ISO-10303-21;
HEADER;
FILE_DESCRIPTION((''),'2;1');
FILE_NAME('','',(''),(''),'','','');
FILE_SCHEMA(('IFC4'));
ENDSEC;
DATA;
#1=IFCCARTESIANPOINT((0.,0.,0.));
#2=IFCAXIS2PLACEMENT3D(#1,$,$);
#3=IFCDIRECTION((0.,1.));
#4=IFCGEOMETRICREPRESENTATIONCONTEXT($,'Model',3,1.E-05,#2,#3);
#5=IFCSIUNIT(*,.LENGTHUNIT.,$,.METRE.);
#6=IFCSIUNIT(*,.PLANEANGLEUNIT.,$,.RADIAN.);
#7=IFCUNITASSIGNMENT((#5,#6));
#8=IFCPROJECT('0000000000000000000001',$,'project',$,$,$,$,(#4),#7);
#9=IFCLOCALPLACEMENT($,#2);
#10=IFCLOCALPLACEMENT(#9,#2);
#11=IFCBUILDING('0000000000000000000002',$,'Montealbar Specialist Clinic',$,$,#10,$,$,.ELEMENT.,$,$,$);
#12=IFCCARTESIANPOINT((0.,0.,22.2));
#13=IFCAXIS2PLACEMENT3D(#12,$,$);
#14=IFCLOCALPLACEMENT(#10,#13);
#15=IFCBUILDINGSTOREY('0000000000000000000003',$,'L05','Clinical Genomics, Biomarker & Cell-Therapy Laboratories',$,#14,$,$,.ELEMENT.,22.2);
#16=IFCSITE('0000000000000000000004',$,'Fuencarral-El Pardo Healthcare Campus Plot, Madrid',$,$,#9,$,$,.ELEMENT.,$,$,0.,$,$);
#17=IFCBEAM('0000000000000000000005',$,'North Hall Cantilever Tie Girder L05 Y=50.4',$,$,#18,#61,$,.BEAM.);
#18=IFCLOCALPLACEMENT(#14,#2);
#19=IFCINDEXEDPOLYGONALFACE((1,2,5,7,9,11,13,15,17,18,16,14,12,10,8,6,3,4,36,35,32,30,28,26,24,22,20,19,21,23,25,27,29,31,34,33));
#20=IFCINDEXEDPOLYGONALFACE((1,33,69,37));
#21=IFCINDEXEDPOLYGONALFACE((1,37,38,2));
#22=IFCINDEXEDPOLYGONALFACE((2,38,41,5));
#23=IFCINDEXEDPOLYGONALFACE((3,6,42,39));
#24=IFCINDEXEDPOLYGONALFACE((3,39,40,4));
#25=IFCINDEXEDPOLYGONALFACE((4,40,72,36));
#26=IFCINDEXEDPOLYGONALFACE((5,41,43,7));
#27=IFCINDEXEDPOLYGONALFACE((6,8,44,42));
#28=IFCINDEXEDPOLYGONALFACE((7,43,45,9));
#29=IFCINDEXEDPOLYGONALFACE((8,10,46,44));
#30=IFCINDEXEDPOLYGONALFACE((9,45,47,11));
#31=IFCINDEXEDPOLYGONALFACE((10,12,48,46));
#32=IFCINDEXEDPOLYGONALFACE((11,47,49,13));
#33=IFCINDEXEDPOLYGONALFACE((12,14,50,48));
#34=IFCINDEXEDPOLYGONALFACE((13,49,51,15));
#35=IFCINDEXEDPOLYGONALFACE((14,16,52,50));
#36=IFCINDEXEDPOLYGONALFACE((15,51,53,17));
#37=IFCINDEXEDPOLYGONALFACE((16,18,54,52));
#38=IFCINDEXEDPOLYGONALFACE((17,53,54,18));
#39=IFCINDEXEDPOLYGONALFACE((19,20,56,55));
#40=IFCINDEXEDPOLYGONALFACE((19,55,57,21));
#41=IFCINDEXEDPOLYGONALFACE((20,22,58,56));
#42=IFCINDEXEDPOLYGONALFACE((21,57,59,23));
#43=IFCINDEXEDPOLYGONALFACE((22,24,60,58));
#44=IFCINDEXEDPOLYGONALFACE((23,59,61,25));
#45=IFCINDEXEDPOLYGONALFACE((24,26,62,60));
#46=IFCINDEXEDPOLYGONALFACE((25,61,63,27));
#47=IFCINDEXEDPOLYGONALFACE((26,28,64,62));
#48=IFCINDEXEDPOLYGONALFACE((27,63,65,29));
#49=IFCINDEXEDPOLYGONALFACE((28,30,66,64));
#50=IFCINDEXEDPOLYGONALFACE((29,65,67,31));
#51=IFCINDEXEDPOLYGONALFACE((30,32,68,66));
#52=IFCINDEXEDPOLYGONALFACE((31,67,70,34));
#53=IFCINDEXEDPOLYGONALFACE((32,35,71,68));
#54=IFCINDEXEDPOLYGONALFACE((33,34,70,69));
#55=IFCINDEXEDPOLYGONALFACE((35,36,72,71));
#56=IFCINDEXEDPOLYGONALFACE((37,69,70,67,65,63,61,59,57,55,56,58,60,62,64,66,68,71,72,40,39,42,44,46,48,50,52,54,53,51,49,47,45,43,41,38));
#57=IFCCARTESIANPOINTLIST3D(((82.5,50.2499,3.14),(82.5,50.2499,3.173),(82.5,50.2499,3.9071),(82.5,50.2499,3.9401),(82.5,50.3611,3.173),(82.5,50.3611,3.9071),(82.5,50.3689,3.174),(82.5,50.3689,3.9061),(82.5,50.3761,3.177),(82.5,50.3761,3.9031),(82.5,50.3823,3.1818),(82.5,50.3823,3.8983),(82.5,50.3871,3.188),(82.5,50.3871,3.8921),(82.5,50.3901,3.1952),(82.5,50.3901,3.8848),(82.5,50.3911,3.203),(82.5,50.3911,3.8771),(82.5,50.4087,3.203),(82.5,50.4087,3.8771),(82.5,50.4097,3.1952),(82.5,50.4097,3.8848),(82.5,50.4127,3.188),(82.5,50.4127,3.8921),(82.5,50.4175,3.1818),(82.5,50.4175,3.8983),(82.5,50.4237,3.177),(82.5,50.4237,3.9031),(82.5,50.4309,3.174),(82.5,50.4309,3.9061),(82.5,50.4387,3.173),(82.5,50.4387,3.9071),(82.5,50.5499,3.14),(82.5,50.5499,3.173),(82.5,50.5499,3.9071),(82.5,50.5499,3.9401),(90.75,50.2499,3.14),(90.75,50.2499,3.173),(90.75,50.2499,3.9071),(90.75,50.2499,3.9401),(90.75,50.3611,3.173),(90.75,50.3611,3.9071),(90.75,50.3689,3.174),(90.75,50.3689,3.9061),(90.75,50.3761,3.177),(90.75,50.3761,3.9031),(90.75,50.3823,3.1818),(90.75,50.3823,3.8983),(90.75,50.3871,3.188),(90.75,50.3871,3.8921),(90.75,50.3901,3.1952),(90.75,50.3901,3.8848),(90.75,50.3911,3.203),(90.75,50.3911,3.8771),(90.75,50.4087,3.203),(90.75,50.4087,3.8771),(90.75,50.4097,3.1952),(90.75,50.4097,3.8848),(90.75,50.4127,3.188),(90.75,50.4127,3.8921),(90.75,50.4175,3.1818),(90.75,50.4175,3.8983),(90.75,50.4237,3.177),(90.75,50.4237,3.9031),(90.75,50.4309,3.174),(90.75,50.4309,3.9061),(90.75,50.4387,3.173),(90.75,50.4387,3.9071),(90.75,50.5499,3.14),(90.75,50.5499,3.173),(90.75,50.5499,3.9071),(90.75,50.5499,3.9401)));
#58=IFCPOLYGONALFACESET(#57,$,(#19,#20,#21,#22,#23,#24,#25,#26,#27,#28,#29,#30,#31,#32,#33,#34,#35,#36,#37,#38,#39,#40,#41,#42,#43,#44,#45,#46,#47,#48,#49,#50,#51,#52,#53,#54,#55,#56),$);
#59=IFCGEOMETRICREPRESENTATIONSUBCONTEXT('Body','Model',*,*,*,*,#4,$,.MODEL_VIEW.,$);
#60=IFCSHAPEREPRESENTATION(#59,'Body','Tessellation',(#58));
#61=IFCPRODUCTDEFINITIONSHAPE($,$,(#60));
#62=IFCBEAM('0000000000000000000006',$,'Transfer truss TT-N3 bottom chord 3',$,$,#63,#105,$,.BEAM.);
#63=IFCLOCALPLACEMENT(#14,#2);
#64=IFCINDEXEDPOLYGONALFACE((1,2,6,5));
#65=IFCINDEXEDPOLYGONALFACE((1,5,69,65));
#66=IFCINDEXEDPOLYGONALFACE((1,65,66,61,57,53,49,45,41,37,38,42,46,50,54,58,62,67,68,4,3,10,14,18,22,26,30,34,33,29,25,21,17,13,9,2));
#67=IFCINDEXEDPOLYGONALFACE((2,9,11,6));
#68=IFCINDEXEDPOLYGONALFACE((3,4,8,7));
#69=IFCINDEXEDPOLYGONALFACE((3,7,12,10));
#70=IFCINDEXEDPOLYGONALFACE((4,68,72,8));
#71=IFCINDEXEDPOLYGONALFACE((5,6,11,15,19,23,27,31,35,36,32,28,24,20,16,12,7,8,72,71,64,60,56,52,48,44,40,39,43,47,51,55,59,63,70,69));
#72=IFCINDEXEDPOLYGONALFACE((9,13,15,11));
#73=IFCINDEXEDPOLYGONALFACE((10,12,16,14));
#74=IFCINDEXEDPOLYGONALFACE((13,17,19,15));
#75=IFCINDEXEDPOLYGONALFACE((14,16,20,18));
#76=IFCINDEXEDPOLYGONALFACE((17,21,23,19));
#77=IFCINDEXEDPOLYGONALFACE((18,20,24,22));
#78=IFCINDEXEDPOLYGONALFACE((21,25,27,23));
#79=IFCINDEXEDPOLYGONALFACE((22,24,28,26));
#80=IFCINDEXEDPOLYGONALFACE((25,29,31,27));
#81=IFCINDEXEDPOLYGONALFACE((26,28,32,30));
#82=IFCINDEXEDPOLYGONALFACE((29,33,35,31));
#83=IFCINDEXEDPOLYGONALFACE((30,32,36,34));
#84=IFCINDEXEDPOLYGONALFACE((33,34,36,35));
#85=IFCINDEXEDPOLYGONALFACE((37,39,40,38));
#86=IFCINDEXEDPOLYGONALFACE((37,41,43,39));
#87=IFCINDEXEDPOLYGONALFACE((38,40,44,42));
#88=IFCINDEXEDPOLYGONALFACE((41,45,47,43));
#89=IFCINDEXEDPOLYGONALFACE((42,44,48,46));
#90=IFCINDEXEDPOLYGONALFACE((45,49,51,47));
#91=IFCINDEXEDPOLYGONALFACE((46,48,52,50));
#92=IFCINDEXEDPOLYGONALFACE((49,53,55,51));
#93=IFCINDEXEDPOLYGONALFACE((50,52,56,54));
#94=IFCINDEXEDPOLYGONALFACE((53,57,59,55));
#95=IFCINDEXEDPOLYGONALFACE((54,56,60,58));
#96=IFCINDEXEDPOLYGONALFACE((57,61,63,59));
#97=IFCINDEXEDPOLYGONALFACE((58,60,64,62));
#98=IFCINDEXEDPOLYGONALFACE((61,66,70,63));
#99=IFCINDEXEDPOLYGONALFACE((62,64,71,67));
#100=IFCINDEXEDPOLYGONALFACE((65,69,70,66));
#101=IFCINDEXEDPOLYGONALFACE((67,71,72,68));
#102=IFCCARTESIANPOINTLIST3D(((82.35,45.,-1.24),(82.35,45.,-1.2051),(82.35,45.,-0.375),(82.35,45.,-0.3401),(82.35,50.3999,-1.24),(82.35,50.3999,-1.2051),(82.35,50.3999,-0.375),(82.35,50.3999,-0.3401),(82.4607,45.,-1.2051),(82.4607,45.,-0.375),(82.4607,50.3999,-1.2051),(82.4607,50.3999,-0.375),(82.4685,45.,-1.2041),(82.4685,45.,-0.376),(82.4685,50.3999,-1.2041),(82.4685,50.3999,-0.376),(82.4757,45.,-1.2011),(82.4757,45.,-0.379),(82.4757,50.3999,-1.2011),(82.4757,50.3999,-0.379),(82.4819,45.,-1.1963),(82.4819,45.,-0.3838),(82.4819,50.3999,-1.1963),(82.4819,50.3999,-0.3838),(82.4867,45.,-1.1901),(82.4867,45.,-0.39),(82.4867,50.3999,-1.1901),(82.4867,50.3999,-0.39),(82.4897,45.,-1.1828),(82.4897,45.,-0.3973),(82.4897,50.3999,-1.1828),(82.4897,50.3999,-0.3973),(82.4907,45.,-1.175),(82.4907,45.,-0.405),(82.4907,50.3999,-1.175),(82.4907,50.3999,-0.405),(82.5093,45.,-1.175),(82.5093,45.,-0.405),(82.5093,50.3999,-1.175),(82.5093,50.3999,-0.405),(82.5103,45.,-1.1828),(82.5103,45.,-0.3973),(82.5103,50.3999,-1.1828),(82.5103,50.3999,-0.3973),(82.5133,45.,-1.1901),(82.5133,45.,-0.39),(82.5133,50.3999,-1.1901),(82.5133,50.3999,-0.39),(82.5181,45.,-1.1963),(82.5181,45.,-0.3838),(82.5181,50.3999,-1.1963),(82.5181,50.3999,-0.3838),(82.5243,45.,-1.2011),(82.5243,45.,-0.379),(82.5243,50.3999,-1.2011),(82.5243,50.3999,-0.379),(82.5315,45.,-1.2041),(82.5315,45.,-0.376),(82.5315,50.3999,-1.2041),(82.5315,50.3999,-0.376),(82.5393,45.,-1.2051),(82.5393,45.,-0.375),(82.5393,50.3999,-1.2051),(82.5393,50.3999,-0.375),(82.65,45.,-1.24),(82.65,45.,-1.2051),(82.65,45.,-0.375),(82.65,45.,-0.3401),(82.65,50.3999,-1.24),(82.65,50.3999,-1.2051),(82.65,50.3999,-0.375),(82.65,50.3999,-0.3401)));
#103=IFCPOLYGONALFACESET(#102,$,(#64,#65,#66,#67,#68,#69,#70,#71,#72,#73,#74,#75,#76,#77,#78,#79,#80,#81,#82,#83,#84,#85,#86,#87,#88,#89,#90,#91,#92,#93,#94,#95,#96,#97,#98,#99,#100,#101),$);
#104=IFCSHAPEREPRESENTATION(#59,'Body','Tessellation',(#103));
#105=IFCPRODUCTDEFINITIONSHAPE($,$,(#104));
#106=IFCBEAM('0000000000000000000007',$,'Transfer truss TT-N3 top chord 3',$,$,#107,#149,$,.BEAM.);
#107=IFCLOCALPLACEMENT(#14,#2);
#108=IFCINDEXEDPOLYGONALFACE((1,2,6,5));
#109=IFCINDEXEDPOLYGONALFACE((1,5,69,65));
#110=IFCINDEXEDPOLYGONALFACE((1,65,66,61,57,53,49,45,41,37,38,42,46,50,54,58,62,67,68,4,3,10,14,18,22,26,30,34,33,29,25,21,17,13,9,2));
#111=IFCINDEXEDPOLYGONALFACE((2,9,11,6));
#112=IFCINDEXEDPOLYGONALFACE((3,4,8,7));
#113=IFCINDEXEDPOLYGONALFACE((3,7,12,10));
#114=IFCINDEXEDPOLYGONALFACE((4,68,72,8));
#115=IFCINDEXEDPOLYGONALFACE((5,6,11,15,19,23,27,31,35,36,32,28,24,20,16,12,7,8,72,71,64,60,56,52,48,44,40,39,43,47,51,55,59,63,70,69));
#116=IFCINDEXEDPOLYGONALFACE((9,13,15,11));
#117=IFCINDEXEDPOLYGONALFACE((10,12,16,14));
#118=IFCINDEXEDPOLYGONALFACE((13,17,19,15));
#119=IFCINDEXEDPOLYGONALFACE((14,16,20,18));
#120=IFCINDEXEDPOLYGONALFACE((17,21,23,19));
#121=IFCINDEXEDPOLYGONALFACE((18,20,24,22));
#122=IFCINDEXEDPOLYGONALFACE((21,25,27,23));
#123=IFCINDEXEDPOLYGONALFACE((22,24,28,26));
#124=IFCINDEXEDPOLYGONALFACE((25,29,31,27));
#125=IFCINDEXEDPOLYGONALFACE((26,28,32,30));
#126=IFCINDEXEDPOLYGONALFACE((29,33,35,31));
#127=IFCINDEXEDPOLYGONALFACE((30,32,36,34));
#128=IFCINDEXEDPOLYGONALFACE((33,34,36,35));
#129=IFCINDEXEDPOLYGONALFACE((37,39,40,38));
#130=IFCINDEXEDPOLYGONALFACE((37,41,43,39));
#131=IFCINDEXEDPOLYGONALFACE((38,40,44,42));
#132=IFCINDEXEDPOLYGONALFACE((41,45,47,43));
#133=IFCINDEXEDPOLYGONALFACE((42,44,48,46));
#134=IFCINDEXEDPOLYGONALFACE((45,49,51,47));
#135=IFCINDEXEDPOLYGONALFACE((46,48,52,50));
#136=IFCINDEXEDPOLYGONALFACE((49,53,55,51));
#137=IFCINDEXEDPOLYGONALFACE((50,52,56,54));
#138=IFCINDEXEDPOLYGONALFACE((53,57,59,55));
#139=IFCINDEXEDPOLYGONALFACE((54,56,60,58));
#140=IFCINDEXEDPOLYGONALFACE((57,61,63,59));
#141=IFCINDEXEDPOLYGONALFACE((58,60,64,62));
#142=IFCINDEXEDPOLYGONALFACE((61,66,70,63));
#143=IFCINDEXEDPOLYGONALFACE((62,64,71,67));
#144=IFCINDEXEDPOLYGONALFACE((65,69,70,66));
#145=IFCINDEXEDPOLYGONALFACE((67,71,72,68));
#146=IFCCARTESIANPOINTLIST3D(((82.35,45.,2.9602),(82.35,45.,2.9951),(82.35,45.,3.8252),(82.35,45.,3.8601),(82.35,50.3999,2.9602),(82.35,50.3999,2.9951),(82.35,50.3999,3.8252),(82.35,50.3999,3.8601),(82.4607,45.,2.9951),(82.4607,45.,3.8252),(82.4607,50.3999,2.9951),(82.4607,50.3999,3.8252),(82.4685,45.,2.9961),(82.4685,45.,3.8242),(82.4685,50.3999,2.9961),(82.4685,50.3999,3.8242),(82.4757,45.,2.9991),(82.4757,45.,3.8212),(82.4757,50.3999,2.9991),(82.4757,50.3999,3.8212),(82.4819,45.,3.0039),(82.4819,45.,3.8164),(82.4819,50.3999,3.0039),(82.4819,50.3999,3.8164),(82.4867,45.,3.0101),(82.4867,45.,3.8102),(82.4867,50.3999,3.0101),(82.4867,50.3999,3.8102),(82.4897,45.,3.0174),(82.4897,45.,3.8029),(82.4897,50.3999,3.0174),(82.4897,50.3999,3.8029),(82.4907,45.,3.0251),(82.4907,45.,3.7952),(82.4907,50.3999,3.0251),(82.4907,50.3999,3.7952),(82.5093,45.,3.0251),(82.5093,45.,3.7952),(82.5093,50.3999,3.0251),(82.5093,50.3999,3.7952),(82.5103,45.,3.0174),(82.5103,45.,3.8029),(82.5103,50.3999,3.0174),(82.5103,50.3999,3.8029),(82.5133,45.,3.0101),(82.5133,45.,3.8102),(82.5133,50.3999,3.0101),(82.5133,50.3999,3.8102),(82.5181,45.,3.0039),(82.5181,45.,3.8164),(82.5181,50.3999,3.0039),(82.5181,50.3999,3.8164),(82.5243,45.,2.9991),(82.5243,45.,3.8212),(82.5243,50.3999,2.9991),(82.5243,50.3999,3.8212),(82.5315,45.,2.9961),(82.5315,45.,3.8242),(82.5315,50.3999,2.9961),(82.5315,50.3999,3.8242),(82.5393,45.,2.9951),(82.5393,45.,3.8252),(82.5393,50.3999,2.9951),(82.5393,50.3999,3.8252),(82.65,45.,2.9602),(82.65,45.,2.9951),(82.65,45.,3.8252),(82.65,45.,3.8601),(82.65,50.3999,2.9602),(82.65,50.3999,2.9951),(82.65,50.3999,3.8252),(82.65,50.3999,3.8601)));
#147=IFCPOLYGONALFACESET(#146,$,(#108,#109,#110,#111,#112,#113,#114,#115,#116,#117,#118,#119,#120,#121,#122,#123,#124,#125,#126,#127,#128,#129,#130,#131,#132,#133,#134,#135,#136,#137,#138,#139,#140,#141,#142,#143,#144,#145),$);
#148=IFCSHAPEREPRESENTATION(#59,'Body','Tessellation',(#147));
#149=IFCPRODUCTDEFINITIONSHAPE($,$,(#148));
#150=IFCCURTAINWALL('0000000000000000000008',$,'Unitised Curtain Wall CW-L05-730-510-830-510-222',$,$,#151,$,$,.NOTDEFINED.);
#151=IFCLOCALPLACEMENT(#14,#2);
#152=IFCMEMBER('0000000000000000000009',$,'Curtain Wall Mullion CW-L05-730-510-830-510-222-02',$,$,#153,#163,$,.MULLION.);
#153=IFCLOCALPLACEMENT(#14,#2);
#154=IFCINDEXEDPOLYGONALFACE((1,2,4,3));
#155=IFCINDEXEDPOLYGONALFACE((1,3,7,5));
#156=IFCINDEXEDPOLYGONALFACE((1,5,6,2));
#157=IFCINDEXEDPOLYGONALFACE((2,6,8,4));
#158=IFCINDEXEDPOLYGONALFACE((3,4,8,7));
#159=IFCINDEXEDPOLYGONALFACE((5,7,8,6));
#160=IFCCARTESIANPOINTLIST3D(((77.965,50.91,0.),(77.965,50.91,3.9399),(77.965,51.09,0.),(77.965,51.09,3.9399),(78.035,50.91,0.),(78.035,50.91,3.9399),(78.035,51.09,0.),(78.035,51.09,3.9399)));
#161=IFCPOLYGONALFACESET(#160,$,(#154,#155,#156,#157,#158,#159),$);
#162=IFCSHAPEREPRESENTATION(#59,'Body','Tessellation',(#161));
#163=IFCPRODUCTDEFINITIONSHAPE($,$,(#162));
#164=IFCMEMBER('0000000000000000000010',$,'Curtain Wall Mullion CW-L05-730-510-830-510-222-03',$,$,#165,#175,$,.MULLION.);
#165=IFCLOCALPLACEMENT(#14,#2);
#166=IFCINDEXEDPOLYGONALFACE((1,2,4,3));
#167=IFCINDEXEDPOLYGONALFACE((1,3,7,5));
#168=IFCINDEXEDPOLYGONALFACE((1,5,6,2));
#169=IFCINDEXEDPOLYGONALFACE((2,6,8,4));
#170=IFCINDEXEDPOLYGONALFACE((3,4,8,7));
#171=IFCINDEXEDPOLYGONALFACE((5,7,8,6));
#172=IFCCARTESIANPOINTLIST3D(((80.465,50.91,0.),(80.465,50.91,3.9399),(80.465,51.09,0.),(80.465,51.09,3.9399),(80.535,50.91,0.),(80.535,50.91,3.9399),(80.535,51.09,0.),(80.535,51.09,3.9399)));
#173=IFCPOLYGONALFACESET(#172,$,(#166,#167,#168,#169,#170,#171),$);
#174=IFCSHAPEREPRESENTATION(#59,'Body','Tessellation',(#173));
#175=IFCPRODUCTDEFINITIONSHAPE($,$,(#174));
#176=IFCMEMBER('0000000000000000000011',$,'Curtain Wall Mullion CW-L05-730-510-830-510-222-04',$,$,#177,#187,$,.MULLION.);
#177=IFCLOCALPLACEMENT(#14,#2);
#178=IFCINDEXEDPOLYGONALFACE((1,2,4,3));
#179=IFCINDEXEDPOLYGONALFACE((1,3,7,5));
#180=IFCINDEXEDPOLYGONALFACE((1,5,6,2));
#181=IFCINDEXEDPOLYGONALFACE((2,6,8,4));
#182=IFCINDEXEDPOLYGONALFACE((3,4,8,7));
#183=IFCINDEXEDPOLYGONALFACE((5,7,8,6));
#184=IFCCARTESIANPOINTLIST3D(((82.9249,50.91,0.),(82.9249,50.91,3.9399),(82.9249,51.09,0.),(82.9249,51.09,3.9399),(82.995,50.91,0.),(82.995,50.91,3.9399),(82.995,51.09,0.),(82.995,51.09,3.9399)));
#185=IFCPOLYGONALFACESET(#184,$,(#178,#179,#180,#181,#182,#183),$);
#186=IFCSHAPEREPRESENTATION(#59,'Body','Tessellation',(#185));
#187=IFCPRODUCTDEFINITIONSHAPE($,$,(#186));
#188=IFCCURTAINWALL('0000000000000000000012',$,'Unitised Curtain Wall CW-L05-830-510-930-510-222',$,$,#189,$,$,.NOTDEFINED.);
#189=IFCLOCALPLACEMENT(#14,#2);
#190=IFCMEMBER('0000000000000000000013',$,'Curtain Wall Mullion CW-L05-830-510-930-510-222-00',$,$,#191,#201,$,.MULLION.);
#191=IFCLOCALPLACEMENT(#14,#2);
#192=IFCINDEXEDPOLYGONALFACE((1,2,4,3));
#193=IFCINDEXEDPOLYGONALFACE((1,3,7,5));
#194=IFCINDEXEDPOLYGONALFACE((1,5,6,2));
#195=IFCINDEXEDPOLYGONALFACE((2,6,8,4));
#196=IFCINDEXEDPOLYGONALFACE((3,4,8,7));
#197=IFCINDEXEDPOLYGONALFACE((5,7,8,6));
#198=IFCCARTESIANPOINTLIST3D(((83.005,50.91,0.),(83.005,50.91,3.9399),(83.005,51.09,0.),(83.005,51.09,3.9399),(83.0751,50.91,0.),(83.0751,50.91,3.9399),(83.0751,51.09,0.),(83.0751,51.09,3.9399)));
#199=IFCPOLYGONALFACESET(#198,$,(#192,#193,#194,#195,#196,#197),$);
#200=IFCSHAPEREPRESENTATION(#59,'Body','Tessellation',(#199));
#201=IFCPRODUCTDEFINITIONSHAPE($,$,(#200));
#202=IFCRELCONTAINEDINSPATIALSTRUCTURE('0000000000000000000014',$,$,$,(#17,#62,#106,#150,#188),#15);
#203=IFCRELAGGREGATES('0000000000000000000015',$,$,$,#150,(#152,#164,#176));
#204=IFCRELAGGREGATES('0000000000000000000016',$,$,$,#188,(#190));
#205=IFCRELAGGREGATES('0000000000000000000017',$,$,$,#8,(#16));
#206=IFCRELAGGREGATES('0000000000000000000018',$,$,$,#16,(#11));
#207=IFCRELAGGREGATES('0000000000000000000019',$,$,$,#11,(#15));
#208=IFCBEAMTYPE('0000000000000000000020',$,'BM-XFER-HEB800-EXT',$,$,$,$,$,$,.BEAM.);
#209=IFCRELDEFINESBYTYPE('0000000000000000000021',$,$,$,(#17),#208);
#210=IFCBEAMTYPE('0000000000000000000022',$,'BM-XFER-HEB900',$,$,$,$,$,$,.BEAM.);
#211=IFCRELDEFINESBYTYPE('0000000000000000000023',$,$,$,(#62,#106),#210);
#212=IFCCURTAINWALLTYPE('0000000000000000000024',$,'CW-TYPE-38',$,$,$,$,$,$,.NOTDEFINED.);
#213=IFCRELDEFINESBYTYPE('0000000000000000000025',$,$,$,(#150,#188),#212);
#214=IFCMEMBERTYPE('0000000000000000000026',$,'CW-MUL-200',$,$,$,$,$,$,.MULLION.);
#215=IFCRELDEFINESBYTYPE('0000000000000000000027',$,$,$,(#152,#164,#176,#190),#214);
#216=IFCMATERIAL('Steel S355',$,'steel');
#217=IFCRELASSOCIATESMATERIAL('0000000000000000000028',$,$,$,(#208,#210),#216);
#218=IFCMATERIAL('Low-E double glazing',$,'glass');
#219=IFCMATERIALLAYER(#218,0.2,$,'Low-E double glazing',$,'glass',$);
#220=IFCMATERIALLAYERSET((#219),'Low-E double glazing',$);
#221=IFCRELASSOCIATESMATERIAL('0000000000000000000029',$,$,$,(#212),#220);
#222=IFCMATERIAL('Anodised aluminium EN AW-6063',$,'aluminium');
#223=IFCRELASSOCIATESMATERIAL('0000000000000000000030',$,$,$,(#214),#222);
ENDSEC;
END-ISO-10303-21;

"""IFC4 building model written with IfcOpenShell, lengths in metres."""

from ifc_helpers import new_model, si_unit, direction, frame, origin, origin_2d, place, context, subcontext, project, spatial, rectangle, i_section, extrude, material, layer, layer_set, material_profile, profile_set, type_object, element, aggregate, save


model = new_model("IFC4")

# Units and contexts
model_context = context("Model", 3, precision=1e-05, world=origin(), true_north=direction((0.0, 1.0)))
body_context = subcontext(model_context, "Body", "Model", "MODEL_VIEW")
ifc_project = project(units=[si_unit("LENGTHUNIT", "METRE"), si_unit("PLANEANGLEUNIT", "RADIAN")], contexts=[model_context])

# Site, building, storey
site_placement = place(None, origin())
site = spatial("IfcSite", under=ifc_project, at=site_placement, Name="Fuencarral-El Pardo Healthcare Campus Plot, Madrid", CompositionType="ELEMENT", RefElevation=0.0)
building_placement = place(site_placement, origin())
building = spatial("IfcBuilding", under=site, at=building_placement, Name="Montealbar Specialist Clinic", CompositionType="ELEMENT")
storey_placement = place(building_placement, frame((0.0, 0.0, 22.2)))
storey = spatial("IfcBuildingStorey", under=building, at=storey_placement, Name="L05", Description="Clinical Genomics, Biomarker & Cell-Therapy Laboratories", CompositionType="ELEMENT", Elevation=22.2)

# Shared definitions
ifc_material_1 = material(Name="Steel S355", Category="steel")

# Beams
ifc_material_profile_1 = material_profile(ifc_material_1, i_section(OverallWidth=0.3, OverallDepth=0.8, WebThickness=0.0176, FlangeThickness=0.033, FilletRadius=0.03, at=origin_2d()), Name="HEB 800", Category="steel")
ifc_profile_set_1 = profile_set([ifc_material_profile_1], Name="Steel S355")
beam_type_1 = type_object("IfcBeamType", Name="BM-XFER-HEB800-EXT", PredefinedType="BEAM", material=ifc_profile_set_1)
beam_1_placement = place(storey_placement, frame((82.5, 50.3999, 3.54), z_axis=(1.0, 0.0, 0.0), x_axis=(0.0, 1.0, 0.0)))
element("IfcBeam", 1, at=beam_1_placement, inside=storey, type_object=beam_type_1, Name="North Hall Cantilever Tie Girder L05 Y=50.4", PredefinedType="BEAM", context=body_context, shape_type="SweptSolid", body=[
    extrude(i_section(OverallWidth=0.3, OverallDepth=0.8, WebThickness=0.0176, FlangeThickness=0.033, FilletRadius=0.03, at=origin_2d()), origin(), (0.0, 0.0, 1.0), 8.25),
])
ifc_material_profile_2 = material_profile(ifc_material_1, i_section(OverallWidth=0.3, OverallDepth=0.8999, WebThickness=0.0186, FlangeThickness=0.0349, FilletRadius=0.03, at=origin_2d()), Name="HEB 900", Category="steel")
ifc_profile_set_2 = profile_set([ifc_material_profile_2], Name="Steel S355")
beam_type_2 = type_object("IfcBeamType", Name="BM-XFER-HEB900", PredefinedType="BEAM", material=ifc_profile_set_2)
for number, where, z_axis, x_axis, name in (
    (2, (82.5, 45.0, -0.79), (0.0, 1.0, 0.0), (-1.0, 0.0, 0.0), "Transfer truss TT-N3 bottom chord 3"),
    (3, (82.5, 45.0, 3.4102), (0.0, 1.0, 0.0), (-1.0, 0.0, 0.0), "Transfer truss TT-N3 top chord 3"),
):
    element("IfcBeam", number, at=place(storey_placement, frame(where, z_axis=z_axis, x_axis=x_axis)), inside=storey, type_object=beam_type_2, Name=name, PredefinedType="BEAM", context=body_context, shape_type="SweptSolid", body=[
        extrude(i_section(OverallWidth=0.3, OverallDepth=0.8999, WebThickness=0.0186, FlangeThickness=0.0349, FilletRadius=0.03, at=origin_2d()), origin(), (0.0, 0.0, 1.0), 5.3999),
    ])

# Curtain walls, members
ifc_material_2 = material(Name="Low-E double glazing", Category="glass")
ifc_layer_1 = layer(ifc_material_2, 0.2, Name="Low-E double glazing", Category="glass")
ifc_layer_set_1 = layer_set([ifc_layer_1], Name="Low-E double glazing")
curtain_wall_type = type_object("IfcCurtainWallType", Name="CW-TYPE-38", PredefinedType="NOTDEFINED", material=ifc_layer_set_1)
curtain_wall_1_placement = place(storey_placement, origin())
curtain_wall_1 = element("IfcCurtainWall", 4, at=curtain_wall_1_placement, inside=storey, type_object=curtain_wall_type, Name="Unitised Curtain Wall CW-L05-730-510-830-510-222", PredefinedType="NOTDEFINED")
ifc_material_3 = material(Name="Anodised aluminium EN AW-6063", Category="aluminium")
ifc_material_profile_3 = material_profile(ifc_material_3, rectangle(XDim=0.0701, YDim=0.1799, at=origin_2d()), Name="ALU 70x180", Category="aluminium")
ifc_profile_set_3 = profile_set([ifc_material_profile_3], Name="Anodised aluminium EN AW-6063")
member_type_1 = type_object("IfcMemberType", Name="CW-MUL-200", PredefinedType="MULLION", material=ifc_profile_set_3)
member_1_placement = place(storey_placement, frame((78.0, 51.0, 0.0), z_axis=(0.0, 0.0, 1.0), x_axis=(1.0, 0.0, 0.0)))
member_1 = element("IfcMember", 5, at=member_1_placement, type_object=member_type_1, Name="Curtain Wall Mullion CW-L05-730-510-830-510-222-02", PredefinedType="MULLION", context=body_context, shape_type="SweptSolid", body=[
    extrude(rectangle(XDim=0.0701, YDim=0.1799, at=origin_2d()), origin(), (0.0, 0.0, 1.0), 3.9399),
])
member_2_placement = place(storey_placement, frame((80.5, 51.0, 0.0), z_axis=(0.0, 0.0, 1.0), x_axis=(1.0, 0.0, 0.0)))
member_2 = element("IfcMember", 6, at=member_2_placement, type_object=member_type_1, Name="Curtain Wall Mullion CW-L05-730-510-830-510-222-03", PredefinedType="MULLION", context=body_context, shape_type="SweptSolid", body=[
    extrude(rectangle(XDim=0.0701, YDim=0.1799, at=origin_2d()), origin(), (0.0, 0.0, 1.0), 3.9399),
])
member_3_placement = place(storey_placement, frame((82.96, 51.0, 0.0), z_axis=(0.0, 0.0, 1.0), x_axis=(1.0, 0.0, 0.0)))
member_3 = element("IfcMember", 7, at=member_3_placement, type_object=member_type_1, Name="Curtain Wall Mullion CW-L05-730-510-830-510-222-04", PredefinedType="MULLION", context=body_context, shape_type="SweptSolid", body=[
    extrude(rectangle(XDim=0.0701, YDim=0.1799, at=origin_2d()), origin(), (0.0, 0.0, 1.0), 3.9399),
])
curtain_wall_2_placement = place(storey_placement, origin())
curtain_wall_2 = element("IfcCurtainWall", 8, at=curtain_wall_2_placement, inside=storey, type_object=curtain_wall_type, Name="Unitised Curtain Wall CW-L05-830-510-930-510-222", PredefinedType="NOTDEFINED")
member_4_placement = place(storey_placement, frame((83.04, 51.0, 0.0), z_axis=(0.0, 0.0, 1.0), x_axis=(1.0, 0.0, 0.0)))
member_4 = element("IfcMember", 9, at=member_4_placement, type_object=member_type_1, Name="Curtain Wall Mullion CW-L05-830-510-930-510-222-00", PredefinedType="MULLION", context=body_context, shape_type="SweptSolid", body=[
    extrude(rectangle(XDim=0.0701, YDim=0.1799, at=origin_2d()), origin(), (0.0, 0.0, 1.0), 3.9399),
])

aggregate(curtain_wall_1, [member_1, member_2, member_3])
aggregate(curtain_wall_2, [member_4])

save(model, "model.ifc")
